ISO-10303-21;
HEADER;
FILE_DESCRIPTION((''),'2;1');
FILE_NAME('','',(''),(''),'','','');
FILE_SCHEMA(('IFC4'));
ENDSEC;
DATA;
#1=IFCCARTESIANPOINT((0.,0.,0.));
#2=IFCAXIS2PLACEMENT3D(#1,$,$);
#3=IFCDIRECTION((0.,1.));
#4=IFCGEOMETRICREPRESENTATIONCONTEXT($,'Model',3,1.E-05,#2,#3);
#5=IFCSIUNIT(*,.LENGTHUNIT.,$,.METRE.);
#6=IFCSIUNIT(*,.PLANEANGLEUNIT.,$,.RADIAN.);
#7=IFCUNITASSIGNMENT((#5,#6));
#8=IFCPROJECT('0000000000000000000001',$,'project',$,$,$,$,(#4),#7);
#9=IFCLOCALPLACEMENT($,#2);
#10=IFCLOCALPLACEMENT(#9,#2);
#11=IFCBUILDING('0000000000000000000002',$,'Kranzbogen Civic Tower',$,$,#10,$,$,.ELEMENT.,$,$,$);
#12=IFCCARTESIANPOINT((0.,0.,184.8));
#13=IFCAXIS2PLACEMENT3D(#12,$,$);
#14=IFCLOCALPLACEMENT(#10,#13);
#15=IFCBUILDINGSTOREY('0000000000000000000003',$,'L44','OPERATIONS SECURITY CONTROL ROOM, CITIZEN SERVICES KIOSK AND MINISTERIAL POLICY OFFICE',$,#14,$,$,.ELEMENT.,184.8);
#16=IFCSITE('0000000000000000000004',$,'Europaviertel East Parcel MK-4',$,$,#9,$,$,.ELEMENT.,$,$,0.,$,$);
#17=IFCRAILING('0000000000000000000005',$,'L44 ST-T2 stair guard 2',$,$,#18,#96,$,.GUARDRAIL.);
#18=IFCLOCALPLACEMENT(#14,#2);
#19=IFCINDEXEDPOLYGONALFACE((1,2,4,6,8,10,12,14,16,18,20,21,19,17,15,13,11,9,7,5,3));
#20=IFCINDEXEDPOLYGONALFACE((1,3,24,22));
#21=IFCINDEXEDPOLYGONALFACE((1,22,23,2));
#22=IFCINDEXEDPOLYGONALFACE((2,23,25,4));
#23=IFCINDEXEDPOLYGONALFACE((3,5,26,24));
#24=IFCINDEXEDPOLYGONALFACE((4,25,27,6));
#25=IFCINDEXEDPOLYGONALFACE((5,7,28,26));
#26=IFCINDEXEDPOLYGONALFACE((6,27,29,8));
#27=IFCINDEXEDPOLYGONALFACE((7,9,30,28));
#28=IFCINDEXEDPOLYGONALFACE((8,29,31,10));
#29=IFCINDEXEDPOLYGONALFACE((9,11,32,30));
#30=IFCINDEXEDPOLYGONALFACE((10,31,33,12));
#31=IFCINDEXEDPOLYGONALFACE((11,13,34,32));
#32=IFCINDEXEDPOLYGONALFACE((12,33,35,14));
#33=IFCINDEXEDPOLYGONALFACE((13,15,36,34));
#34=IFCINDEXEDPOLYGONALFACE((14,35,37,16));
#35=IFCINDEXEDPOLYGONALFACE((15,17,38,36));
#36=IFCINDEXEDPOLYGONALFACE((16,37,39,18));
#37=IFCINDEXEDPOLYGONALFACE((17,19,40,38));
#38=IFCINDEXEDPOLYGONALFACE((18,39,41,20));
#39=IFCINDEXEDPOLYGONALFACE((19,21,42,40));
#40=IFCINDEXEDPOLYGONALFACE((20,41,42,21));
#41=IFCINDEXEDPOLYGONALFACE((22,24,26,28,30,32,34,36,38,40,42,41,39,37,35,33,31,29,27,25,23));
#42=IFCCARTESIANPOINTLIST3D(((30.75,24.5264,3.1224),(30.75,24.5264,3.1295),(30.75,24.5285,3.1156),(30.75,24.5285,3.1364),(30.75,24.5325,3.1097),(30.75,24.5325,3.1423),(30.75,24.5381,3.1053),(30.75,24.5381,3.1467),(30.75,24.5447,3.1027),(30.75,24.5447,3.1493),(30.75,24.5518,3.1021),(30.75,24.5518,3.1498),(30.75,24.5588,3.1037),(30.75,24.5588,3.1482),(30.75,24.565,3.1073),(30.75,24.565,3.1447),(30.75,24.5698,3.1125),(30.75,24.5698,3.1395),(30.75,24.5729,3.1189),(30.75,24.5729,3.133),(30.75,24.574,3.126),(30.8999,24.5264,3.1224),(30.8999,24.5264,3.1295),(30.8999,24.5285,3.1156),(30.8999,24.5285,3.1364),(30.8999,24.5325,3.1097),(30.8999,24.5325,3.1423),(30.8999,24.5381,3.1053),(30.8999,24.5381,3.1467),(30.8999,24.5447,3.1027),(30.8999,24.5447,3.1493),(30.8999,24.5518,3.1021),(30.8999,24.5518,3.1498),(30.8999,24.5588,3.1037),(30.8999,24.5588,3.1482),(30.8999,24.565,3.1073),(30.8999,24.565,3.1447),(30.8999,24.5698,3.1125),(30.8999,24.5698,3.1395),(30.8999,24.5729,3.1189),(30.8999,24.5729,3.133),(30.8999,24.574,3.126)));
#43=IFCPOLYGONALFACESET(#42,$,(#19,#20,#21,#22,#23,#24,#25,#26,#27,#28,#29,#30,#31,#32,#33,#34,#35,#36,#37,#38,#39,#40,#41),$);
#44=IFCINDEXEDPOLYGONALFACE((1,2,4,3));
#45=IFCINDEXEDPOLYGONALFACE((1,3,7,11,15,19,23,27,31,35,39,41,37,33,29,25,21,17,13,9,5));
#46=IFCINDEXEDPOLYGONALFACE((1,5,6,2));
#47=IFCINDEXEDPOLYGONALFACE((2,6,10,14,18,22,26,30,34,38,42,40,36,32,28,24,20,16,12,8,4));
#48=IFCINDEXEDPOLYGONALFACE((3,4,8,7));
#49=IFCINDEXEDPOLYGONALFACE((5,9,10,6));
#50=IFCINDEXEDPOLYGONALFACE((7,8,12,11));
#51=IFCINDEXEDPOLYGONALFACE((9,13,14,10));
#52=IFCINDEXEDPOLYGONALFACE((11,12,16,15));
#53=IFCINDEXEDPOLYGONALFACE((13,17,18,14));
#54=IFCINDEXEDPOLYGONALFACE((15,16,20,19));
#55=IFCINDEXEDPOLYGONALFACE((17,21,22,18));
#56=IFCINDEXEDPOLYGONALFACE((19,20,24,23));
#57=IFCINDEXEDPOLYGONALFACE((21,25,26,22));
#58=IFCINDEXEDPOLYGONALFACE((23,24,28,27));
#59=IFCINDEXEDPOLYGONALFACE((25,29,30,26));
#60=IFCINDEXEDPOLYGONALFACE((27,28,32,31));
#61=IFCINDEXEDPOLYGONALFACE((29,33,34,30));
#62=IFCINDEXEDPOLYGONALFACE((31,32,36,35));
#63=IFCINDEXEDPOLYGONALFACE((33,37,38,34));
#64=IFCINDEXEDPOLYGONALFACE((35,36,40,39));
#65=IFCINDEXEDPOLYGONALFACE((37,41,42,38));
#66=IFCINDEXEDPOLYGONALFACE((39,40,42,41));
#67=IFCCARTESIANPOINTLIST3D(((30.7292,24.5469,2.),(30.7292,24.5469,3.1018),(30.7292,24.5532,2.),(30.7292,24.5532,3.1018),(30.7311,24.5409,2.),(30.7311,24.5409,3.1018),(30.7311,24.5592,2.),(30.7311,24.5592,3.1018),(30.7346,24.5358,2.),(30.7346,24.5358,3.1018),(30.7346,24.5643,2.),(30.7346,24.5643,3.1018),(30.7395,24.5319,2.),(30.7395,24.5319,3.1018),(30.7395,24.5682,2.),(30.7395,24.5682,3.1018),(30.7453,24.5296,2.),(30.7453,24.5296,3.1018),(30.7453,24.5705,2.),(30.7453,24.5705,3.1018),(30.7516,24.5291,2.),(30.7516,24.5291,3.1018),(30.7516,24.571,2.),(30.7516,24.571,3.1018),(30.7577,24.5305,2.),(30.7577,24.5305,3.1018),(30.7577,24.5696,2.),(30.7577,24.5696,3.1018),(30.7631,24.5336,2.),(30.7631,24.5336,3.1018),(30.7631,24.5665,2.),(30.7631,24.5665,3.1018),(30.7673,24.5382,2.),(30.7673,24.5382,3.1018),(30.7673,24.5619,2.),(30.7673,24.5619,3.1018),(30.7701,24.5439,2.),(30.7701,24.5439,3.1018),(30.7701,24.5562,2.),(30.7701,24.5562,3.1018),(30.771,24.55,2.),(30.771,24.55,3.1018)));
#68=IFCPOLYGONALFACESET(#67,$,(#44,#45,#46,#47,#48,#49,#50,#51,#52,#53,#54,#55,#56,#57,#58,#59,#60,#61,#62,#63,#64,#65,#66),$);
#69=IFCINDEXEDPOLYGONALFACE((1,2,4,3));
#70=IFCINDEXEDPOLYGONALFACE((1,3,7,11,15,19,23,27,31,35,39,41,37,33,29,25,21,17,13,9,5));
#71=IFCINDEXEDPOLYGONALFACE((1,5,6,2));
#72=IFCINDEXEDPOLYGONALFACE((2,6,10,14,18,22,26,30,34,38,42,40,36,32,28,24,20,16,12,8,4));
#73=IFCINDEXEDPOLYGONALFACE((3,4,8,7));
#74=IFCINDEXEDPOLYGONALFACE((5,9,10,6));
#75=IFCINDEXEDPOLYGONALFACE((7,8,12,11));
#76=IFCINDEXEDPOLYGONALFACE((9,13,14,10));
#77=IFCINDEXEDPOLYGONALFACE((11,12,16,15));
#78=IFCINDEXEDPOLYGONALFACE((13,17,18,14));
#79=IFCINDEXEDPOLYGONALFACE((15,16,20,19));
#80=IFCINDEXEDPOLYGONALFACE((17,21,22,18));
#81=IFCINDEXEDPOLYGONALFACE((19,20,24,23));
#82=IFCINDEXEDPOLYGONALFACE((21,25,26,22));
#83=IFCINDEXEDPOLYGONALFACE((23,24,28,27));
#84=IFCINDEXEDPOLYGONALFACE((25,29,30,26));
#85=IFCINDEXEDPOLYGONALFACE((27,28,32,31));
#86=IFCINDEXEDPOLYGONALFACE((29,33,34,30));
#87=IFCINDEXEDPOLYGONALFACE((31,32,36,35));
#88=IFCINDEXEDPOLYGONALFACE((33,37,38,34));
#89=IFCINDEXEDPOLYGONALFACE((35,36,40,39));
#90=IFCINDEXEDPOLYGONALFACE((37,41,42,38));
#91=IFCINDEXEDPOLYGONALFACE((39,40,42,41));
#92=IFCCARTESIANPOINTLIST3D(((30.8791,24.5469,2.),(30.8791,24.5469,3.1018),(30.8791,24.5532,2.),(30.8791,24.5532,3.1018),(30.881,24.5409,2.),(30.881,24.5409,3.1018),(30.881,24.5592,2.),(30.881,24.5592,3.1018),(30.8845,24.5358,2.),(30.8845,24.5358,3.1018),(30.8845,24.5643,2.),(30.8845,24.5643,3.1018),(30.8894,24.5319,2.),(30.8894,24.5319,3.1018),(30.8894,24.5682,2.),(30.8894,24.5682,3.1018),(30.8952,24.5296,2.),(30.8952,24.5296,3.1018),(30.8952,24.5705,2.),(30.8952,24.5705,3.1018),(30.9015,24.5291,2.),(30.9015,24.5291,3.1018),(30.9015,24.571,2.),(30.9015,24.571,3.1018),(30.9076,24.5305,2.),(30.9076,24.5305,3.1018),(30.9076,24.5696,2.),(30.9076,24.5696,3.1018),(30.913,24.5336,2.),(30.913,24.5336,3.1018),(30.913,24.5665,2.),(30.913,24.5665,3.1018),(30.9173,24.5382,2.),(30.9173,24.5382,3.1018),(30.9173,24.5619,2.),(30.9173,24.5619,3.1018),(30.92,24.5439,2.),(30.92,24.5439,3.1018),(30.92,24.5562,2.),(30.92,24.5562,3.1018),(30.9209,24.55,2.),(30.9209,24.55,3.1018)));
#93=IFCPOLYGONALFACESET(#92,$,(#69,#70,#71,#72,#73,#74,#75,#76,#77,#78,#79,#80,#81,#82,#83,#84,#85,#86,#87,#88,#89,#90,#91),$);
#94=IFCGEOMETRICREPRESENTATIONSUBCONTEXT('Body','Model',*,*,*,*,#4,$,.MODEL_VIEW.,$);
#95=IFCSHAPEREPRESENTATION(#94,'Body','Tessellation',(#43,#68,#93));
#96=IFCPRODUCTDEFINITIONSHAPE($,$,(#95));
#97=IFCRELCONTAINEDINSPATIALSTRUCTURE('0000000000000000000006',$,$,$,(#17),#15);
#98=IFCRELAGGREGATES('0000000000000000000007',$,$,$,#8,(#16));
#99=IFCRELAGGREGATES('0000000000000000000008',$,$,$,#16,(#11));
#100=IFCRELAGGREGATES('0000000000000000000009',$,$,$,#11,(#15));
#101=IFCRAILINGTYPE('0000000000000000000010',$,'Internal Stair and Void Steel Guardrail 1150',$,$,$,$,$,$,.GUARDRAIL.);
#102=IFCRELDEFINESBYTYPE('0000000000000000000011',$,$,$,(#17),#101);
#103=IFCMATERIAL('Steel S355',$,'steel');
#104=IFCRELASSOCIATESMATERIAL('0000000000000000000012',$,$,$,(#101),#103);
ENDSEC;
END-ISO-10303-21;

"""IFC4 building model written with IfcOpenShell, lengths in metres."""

from ifc_helpers import new_model, si_unit, direction, frame, origin, origin_2d, place, context, subcontext, project, spatial, circle, extrude, material, type_object, element, save


model = new_model("IFC4")

# Units and contexts
model_context = context("Model", 3, precision=1e-05, world=origin(), true_north=direction((0.0, 1.0)))
body_context = subcontext(model_context, "Body", "Model", "MODEL_VIEW")
ifc_project = project(units=[si_unit("LENGTHUNIT", "METRE"), si_unit("PLANEANGLEUNIT", "RADIAN")], contexts=[model_context])

# Site, building, storey
site_placement = place(None, origin())
site = spatial("IfcSite", under=ifc_project, at=site_placement, Name="Europaviertel East Parcel MK-4", CompositionType="ELEMENT", RefElevation=0.0)
building_placement = place(site_placement, origin())
building = spatial("IfcBuilding", under=site, at=building_placement, Name="Kranzbogen Civic Tower", CompositionType="ELEMENT")
storey_placement = place(building_placement, frame((0.0, 0.0, 184.8)))
storey = spatial("IfcBuildingStorey", under=building, at=storey_placement, Name="L44", Description="OPERATIONS SECURITY CONTROL ROOM, CITIZEN SERVICES KIOSK AND MINISTERIAL POLICY OFFICE", CompositionType="ELEMENT", Elevation=184.8)

# Shared definitions
ifc_material_1 = material(Name="Steel S355", Category="steel")

# Railing
railing_type_1 = type_object("IfcRailingType", Name="Internal Stair and Void Steel Guardrail 1150", PredefinedType="GUARDRAIL", material=ifc_material_1)
railing_1_placement = place(storey_placement, frame((30.75, 24.55, 2.0)))
element("IfcRailing", 1, at=railing_1_placement, inside=storey, type_object=railing_type_1, Name="L44 ST-T2 stair guard 2", PredefinedType="GUARDRAIL", context=body_context, shape_type="SweptSolid", body=[
    extrude(circle(Radius=0.0239, at=origin_2d()), frame((0.0, 0.0, 1.126), z_axis=(1.0, 0.0, 0.0), x_axis=(0.0, 1.0, 0.0)), (0.0, 0.0, 1.0), 0.1499),
    extrude(circle(Radius=0.021, at=origin_2d()), origin(), (0.0, 0.0, 1.0), 1.1018),
    extrude(circle(Radius=0.021, at=origin_2d()), frame((0.1499, 0.0, 0.0)), (0.0, 0.0, 1.0), 1.1018),
])

save(model, "model.ifc")
